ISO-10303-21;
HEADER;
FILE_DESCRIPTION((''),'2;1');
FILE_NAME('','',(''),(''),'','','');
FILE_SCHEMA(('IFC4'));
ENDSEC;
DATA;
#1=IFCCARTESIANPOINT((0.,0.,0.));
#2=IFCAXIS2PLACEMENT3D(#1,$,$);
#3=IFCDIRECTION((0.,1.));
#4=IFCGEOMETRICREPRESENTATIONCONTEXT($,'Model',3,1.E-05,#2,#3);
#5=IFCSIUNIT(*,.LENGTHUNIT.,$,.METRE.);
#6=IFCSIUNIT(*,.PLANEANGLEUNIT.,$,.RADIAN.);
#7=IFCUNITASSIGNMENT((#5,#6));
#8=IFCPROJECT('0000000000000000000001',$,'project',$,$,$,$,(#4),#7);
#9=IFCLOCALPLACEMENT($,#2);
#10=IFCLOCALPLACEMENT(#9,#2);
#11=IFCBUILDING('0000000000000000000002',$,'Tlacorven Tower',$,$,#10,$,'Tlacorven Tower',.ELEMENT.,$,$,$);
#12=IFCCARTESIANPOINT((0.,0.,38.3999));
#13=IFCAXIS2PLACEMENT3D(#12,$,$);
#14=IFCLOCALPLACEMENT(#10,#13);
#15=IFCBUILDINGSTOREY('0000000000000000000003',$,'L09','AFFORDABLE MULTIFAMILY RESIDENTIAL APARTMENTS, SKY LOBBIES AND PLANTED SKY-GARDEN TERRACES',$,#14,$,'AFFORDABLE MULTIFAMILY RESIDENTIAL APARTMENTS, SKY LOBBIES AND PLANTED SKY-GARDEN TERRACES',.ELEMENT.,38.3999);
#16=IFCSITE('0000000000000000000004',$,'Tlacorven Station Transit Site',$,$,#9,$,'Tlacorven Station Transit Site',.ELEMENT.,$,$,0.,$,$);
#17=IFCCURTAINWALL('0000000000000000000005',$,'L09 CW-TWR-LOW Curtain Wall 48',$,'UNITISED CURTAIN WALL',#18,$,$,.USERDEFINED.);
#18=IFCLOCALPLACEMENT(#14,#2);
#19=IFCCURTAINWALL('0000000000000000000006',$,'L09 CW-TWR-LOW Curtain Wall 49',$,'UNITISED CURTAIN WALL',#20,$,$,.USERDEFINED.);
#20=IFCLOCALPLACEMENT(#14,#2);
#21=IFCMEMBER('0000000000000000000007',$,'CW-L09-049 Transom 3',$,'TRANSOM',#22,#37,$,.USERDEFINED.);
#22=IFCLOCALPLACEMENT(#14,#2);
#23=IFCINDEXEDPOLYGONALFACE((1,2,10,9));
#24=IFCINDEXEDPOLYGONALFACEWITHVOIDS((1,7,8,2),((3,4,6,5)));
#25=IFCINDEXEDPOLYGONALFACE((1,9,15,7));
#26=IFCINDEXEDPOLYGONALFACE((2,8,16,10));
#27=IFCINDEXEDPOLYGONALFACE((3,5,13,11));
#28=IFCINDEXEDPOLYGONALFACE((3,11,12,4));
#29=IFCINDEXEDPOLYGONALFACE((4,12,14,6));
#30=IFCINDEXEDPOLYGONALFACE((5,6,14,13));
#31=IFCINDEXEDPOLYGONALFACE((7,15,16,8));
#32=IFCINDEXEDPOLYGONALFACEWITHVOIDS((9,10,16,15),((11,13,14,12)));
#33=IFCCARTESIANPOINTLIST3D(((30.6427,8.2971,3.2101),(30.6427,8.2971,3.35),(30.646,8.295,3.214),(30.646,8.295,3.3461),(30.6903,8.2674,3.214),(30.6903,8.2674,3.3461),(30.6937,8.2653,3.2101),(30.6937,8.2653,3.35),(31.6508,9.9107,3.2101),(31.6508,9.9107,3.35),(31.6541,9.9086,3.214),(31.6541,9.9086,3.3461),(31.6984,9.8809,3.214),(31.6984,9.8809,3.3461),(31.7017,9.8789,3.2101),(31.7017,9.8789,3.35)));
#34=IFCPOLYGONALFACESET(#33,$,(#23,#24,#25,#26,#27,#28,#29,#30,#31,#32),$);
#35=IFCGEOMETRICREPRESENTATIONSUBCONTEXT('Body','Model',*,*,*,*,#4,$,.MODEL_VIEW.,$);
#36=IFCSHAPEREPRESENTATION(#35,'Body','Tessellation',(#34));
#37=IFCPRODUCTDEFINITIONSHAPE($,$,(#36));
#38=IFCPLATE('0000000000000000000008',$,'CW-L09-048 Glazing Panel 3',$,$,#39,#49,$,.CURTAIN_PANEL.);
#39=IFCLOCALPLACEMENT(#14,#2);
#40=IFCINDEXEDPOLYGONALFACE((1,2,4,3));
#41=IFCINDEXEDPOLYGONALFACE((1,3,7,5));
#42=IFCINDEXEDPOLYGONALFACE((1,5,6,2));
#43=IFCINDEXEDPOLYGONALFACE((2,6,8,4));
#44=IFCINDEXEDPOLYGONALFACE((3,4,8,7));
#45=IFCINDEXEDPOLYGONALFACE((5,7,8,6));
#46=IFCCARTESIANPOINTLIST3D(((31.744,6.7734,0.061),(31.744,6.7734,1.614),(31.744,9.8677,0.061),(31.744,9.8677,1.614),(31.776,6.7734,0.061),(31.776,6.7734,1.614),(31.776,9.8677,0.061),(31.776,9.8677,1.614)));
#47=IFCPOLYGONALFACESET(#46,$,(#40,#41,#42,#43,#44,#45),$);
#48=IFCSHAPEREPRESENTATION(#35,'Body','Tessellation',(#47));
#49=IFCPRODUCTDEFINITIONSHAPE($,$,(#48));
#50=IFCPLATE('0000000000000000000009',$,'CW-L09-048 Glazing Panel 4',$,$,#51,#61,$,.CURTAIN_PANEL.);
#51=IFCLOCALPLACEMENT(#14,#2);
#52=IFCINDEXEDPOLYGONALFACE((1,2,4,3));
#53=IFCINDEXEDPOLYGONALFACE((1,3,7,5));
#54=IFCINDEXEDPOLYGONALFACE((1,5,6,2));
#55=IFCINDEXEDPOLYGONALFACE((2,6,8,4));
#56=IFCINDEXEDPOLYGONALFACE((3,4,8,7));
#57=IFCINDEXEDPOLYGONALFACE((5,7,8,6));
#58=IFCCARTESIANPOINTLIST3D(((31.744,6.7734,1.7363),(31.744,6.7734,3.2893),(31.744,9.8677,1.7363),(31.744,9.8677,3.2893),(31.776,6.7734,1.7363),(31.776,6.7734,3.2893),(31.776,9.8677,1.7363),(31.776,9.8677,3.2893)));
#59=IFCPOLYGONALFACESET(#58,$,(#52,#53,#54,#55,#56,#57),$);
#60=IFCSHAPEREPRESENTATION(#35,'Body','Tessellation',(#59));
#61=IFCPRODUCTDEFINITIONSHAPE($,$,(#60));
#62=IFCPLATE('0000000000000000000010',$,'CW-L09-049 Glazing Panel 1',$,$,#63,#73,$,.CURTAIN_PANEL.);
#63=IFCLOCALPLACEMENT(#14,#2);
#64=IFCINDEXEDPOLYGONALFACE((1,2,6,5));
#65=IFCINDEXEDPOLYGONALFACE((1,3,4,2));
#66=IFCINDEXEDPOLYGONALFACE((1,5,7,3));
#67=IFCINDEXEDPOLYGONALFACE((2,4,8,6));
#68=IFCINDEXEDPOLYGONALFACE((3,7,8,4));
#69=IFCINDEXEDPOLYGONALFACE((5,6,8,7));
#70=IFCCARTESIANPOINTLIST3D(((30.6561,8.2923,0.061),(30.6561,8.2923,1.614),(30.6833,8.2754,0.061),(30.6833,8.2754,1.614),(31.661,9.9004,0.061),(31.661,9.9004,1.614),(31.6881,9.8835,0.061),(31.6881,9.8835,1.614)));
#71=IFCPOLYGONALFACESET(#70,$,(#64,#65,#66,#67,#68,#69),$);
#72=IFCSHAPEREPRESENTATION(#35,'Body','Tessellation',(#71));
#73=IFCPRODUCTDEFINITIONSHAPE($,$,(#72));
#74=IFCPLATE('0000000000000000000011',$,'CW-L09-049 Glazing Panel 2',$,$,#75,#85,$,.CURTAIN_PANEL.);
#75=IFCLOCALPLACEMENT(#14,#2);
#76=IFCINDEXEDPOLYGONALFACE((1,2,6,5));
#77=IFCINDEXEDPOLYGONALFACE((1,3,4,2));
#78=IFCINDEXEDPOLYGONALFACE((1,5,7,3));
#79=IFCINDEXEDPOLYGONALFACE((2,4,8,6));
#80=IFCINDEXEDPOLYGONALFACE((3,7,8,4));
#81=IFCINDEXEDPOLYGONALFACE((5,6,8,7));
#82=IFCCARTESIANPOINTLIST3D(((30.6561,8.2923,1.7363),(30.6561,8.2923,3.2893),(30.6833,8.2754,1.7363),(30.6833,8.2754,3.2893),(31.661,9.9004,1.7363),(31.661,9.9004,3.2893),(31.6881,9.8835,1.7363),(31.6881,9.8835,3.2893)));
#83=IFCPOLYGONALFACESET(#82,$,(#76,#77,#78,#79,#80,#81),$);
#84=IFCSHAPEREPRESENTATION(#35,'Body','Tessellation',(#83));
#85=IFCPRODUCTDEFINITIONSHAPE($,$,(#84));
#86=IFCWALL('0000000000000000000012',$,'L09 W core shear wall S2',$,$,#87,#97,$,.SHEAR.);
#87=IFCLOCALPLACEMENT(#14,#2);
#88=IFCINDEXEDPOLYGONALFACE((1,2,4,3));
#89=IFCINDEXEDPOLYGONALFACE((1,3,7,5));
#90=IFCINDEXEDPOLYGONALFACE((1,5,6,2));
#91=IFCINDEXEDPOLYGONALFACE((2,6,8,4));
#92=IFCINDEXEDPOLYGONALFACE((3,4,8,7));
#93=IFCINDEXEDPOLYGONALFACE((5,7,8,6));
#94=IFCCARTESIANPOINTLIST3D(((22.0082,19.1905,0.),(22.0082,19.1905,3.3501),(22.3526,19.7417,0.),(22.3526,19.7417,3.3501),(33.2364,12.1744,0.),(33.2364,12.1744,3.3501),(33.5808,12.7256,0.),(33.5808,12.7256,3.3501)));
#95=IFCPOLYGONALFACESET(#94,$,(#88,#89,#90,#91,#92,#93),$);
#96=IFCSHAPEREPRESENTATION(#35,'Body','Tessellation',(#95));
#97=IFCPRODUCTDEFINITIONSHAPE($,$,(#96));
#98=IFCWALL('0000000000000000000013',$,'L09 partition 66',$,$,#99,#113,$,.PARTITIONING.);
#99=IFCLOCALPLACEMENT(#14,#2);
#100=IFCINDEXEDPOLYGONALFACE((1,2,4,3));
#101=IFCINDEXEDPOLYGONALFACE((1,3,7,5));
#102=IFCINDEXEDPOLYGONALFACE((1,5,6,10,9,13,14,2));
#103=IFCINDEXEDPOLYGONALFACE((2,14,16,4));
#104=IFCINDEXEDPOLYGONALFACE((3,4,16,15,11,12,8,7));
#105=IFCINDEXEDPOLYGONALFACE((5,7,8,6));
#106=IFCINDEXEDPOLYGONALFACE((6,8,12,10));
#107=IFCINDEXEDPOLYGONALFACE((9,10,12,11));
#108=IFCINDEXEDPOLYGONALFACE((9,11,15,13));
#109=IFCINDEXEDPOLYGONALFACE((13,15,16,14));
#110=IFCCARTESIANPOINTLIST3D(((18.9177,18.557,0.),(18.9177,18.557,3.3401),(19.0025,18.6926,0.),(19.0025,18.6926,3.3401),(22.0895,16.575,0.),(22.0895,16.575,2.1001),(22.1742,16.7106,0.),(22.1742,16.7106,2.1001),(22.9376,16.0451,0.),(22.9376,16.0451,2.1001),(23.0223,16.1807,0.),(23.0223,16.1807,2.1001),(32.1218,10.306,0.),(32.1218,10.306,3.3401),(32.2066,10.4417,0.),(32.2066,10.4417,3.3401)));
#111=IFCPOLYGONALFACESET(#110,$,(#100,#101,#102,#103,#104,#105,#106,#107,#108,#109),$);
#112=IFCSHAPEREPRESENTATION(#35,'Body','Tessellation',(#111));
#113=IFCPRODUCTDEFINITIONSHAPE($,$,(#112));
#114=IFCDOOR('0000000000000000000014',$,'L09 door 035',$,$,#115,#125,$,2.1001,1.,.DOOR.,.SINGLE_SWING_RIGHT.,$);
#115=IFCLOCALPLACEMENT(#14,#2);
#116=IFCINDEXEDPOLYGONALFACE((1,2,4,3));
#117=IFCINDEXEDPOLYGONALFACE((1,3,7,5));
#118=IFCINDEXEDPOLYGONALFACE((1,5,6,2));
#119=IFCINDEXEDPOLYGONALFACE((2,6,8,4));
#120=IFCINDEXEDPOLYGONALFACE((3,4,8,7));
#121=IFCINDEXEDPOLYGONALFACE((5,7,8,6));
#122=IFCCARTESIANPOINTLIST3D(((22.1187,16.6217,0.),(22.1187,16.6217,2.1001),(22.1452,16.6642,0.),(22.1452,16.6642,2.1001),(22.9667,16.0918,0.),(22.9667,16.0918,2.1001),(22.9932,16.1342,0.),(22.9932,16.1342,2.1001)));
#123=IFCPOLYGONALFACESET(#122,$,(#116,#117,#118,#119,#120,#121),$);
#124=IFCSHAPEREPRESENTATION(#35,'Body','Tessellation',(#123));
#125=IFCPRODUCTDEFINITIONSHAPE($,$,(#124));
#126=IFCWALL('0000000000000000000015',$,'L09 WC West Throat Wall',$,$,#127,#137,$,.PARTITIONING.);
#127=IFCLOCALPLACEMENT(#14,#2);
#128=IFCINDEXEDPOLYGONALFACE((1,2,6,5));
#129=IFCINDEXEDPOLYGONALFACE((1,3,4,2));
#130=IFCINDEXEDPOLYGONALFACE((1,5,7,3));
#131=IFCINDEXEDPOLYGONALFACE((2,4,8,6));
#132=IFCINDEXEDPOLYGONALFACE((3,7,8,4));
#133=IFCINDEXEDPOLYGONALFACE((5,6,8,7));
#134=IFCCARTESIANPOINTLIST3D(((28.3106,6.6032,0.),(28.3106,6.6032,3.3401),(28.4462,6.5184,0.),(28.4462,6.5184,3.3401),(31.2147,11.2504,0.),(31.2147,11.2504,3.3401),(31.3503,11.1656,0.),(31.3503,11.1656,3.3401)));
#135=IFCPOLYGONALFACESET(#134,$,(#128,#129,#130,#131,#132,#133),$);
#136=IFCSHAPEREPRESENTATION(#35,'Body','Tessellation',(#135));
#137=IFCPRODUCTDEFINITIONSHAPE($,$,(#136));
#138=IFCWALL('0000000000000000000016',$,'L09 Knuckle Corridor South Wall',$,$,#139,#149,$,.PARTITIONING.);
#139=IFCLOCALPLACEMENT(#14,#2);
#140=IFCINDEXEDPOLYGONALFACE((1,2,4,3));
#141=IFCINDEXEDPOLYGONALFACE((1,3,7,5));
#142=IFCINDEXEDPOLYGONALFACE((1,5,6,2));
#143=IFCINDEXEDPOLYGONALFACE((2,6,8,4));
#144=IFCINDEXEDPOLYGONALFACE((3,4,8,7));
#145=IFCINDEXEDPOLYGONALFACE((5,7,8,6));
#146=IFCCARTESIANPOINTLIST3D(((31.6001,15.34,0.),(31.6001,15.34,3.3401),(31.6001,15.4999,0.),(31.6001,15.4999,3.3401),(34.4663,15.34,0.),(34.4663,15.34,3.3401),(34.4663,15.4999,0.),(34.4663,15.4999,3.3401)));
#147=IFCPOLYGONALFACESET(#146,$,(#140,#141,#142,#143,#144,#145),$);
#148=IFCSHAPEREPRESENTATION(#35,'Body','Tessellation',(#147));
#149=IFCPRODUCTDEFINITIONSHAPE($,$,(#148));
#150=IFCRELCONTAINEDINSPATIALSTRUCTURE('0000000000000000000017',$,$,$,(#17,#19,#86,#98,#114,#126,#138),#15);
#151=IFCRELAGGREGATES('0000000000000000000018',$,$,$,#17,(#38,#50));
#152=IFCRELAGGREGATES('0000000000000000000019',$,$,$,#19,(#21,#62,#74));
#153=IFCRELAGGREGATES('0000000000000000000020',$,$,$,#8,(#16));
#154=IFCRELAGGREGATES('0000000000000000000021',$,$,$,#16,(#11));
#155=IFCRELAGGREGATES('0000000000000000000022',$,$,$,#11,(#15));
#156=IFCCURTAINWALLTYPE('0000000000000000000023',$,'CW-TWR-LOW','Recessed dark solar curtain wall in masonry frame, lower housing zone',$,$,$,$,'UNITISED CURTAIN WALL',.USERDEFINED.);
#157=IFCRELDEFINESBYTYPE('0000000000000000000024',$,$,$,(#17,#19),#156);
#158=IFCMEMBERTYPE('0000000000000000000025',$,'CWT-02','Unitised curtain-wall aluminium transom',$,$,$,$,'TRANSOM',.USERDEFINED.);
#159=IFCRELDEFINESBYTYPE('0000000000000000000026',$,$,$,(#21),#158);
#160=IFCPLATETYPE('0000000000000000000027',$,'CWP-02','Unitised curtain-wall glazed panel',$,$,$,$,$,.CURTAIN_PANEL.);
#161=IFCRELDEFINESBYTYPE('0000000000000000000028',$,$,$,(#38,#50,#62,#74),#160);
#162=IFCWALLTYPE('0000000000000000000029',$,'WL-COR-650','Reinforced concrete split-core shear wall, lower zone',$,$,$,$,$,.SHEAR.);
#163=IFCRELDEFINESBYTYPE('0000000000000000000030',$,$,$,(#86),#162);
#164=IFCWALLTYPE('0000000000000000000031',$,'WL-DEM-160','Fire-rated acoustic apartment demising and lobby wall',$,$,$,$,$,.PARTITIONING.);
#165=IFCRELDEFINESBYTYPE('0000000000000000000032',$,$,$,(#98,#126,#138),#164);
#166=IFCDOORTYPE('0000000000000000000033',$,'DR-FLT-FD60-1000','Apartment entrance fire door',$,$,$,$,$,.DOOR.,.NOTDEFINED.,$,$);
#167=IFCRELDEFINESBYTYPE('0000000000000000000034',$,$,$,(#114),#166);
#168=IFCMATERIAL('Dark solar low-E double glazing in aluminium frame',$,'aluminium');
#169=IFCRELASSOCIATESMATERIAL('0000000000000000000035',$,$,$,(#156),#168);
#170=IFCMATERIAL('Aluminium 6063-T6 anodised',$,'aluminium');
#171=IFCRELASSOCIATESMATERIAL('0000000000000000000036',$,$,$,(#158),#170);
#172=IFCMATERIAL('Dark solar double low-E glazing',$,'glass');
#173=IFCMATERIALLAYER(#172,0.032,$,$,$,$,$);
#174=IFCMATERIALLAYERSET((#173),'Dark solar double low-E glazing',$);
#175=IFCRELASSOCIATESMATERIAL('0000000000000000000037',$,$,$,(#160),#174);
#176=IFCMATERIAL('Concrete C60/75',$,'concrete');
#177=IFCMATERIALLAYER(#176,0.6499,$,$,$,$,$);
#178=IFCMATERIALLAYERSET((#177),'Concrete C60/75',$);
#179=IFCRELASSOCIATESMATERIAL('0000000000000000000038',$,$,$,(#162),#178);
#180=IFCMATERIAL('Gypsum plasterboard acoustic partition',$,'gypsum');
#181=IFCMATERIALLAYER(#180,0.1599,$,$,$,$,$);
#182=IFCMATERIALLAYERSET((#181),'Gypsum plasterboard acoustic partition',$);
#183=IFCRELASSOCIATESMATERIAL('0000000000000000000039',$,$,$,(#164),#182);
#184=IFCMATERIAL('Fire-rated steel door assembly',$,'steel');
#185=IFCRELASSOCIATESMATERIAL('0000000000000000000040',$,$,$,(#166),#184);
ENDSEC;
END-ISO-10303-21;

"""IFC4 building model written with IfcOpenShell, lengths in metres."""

from ifc_helpers import new_model, si_unit, direction, frame, frame_2d, origin, origin_2d, place, context, subcontext, project, spatial, rectangle, hollow_rectangle, extrude, source, transform, mapped, material, layer, layer_set, material_profile, profile_set, type_object, element, fill, aggregate, save


model = new_model("IFC4")

# Units and contexts
model_context = context("Model", 3, precision=1e-05, world=origin(), true_north=direction((0.0, 1.0)))
body_context = subcontext(model_context, "Body", "Model", "MODEL_VIEW")
ifc_project = project(units=[si_unit("LENGTHUNIT", "METRE"), si_unit("PLANEANGLEUNIT", "RADIAN")], contexts=[model_context])

# Site, building, storey
site_placement = place(None, origin())
site = spatial("IfcSite", under=ifc_project, at=site_placement, Name="Tlacorven Station Transit Site", LongName="Tlacorven Station Transit Site", CompositionType="ELEMENT", RefElevation=0.0)
building_placement = place(site_placement, origin())
building = spatial("IfcBuilding", under=site, at=building_placement, Name="Tlacorven Tower", LongName="Tlacorven Tower", CompositionType="ELEMENT")
storey_placement = place(building_placement, frame((0.0, 0.0, 38.3999)))
storey = spatial("IfcBuildingStorey", under=building, at=storey_placement, Name="L09", Description="AFFORDABLE MULTIFAMILY RESIDENTIAL APARTMENTS, SKY LOBBIES AND PLANTED SKY-GARDEN TERRACES", LongName="AFFORDABLE MULTIFAMILY RESIDENTIAL APARTMENTS, SKY LOBBIES AND PLANTED SKY-GARDEN TERRACES", CompositionType="ELEMENT", Elevation=38.3999)

# Curtain walls
ifc_material_1 = material(Name="Dark solar low-E double glazing in aluminium frame", Category="aluminium")
curtain_wall_type = type_object("IfcCurtainWallType", Name="CW-TWR-LOW", Description="Recessed dark solar curtain wall in masonry frame, lower housing zone", ElementType="UNITISED CURTAIN WALL", PredefinedType="USERDEFINED", material=ifc_material_1)
curtain_wall_1_placement = place(storey_placement, origin())
curtain_wall_1 = element("IfcCurtainWall", 1, at=curtain_wall_1_placement, inside=storey, type_object=curtain_wall_type, Name="L09 CW-TWR-LOW Curtain Wall 48", ObjectType="UNITISED CURTAIN WALL", PredefinedType="USERDEFINED")
ifc_material_2 = material(Name="Aluminium 6063-T6 anodised", Category="aluminium")
curtain_wall_2_placement = place(storey_placement, origin())
curtain_wall_2 = element("IfcCurtainWall", 2, at=curtain_wall_2_placement, inside=storey, type_object=curtain_wall_type, Name="L09 CW-TWR-LOW Curtain Wall 49", ObjectType="UNITISED CURTAIN WALL", PredefinedType="USERDEFINED")

# Member
ifc_material_profile_1 = material_profile(ifc_material_2, hollow_rectangle(XDim=0.0601, YDim=0.1399, WallThickness=0.0039, at=origin_2d()), Name="ALU TRANSOM 60X140")
ifc_profile_set_1 = profile_set([ifc_material_profile_1], Name="Aluminium 6063-T6 anodised")
member_type_1 = type_object("IfcMemberType", Name="CWT-02", Description="Unitised curtain-wall aluminium transom", ElementType="TRANSOM", PredefinedType="USERDEFINED", material=ifc_profile_set_1)
shared_shape_1 = source(origin(), body_context, "Body", "SweptSolid", [
    extrude(hollow_rectangle(XDim=0.0601, YDim=0.1399, WallThickness=0.0039, at=origin_2d()), origin(), (0.0, 0.0, 1.0), 1.9026),
])
member_1_placement = place(storey_placement, frame((31.6763, 9.8948, 3.28), z_axis=(-0.529849, -0.848092, 0.0), x_axis=(0.848092, -0.529849, 0.0)))
member_1 = element("IfcMember", 3, at=member_1_placement, type_object=member_type_1, Name="CW-L09-049 Transom 3", ObjectType="TRANSOM", PredefinedType="USERDEFINED", context=body_context, shape_type="MappedRepresentation", body=[
    mapped(shared_shape_1, transform((0.0, 0.0, 0.0), scale=1.0)),
])

# Plates
ifc_material_3 = material(Name="Dark solar double low-E glazing", Category="glass")
ifc_layer_1 = layer(ifc_material_3, 0.032)
ifc_layer_set_1 = layer_set([ifc_layer_1], Name="Dark solar double low-E glazing")
plate_type = type_object("IfcPlateType", Name="CWP-02", Description="Unitised curtain-wall glazed panel", PredefinedType="CURTAIN_PANEL", material=ifc_layer_set_1)
shared_shape_2 = source(origin(), body_context, "Body", "SweptSolid", [
    extrude(rectangle(XDim=3.0942, YDim=0.032, at=origin_2d()), origin(), (0.0, 0.0, 1.0), 1.553),
])
plate_1_placement = place(storey_placement, frame((31.76, 8.3206, 0.061), z_axis=(0.0, 0.0, 1.0), x_axis=(0.0, 1.0, 0.0)))
plate_1 = element("IfcPlate", 4, at=plate_1_placement, type_object=plate_type, Name="CW-L09-048 Glazing Panel 3", PredefinedType="CURTAIN_PANEL", context=body_context, shape_type="MappedRepresentation", body=[
    mapped(shared_shape_2, transform((0.0, 0.0, 0.0), scale=1.0)),
])
plate_2_placement = place(storey_placement, frame((31.76, 8.3206, 1.7363), z_axis=(0.0, 0.0, 1.0), x_axis=(0.0, 1.0, 0.0)))
plate_2 = element("IfcPlate", 5, at=plate_2_placement, type_object=plate_type, Name="CW-L09-048 Glazing Panel 4", PredefinedType="CURTAIN_PANEL", context=body_context, shape_type="MappedRepresentation", body=[
    mapped(shared_shape_2, transform((0.0, 0.0, 0.0), scale=1.0)),
])
aggregate(curtain_wall_1, [plate_1, plate_2])
shared_shape_3 = source(origin(), body_context, "Body", "SweptSolid", [
    extrude(rectangle(XDim=1.8962, YDim=0.032, at=origin_2d()), origin(), (0.0, 0.0, 1.0), 1.553),
])
plate_3_placement = place(storey_placement, frame((31.1721, 9.0879, 0.061), z_axis=(0.0, 0.0, 1.0), x_axis=(-0.529919, -0.848048, 0.0)))
plate_3 = element("IfcPlate", 6, at=plate_3_placement, type_object=plate_type, Name="CW-L09-049 Glazing Panel 1", PredefinedType="CURTAIN_PANEL", context=body_context, shape_type="MappedRepresentation", body=[
    mapped(shared_shape_3, transform((0.0, 0.0, 0.0), scale=1.0)),
])
plate_4_placement = place(storey_placement, frame((31.1721, 9.0879, 1.7363), z_axis=(0.0, 0.0, 1.0), x_axis=(-0.529919, -0.848048, 0.0)))
plate_4 = element("IfcPlate", 7, at=plate_4_placement, type_object=plate_type, Name="CW-L09-049 Glazing Panel 2", PredefinedType="CURTAIN_PANEL", context=body_context, shape_type="MappedRepresentation", body=[
    mapped(shared_shape_3, transform((0.0, 0.0, 0.0), scale=1.0)),
])
aggregate(curtain_wall_2, [member_1, plate_3, plate_4])

# Wall
ifc_material_4 = material(Name="Concrete C60/75", Category="concrete")
ifc_layer_2 = layer(ifc_material_4, 0.6499)
ifc_layer_set_2 = layer_set([ifc_layer_2], Name="Concrete C60/75")
wall_type_1 = type_object("IfcWallType", Name="WL-COR-650", Description="Reinforced concrete split-core shear wall, lower zone", PredefinedType="SHEAR", material=ifc_layer_set_2)
wall_1_placement = place(storey_placement, frame((33.4087, 12.45, 0.0), z_axis=(0.0, 0.0, 1.0), x_axis=(-0.848051, 0.529914, 0.0)))
element("IfcWall", 8, at=wall_1_placement, inside=storey, type_object=wall_type_1, Name="L09 W core shear wall S2", PredefinedType="SHEAR", context=body_context, shape_type="SweptSolid", body=[
    extrude(rectangle(XDim=13.24, YDim=0.6499, at=frame_2d((6.6201, 0.0))), origin(), (0.0, 0.0, 1.0), 3.3501),
])

# Wall, opening, door
ifc_material_5 = material(Name="Gypsum plasterboard acoustic partition", Category="gypsum")
ifc_layer_3 = layer(ifc_material_5, 0.1599)
ifc_layer_set_3 = layer_set([ifc_layer_3], Name="Gypsum plasterboard acoustic partition")
wall_type_2 = type_object("IfcWallType", Name="WL-DEM-160", Description="Fire-rated acoustic apartment demising and lobby wall", PredefinedType="PARTITIONING", material=ifc_layer_set_3)
wall_2_placement = place(storey_placement, frame((32.1643, 10.3738, 0.0), z_axis=(0.0, 0.0, 1.0), x_axis=(-0.848044, 0.529926, 0.0)))
wall_2 = element("IfcWall", 9, at=wall_2_placement, inside=storey, type_object=wall_type_2, Name="L09 partition 66", PredefinedType="PARTITIONING", context=body_context, shape_type="SweptSolid", body=[
    extrude(rectangle(XDim=15.5701, YDim=0.1599, at=frame_2d((7.7852, 0.0))), origin(), (0.0, 0.0, 1.0), 3.3401),
])
opening_1_placement = place(wall_2_placement, frame((10.8301, 0.0, 0.0)))
opening_1 = element("IfcOpeningElement", 10, at=opening_1_placement, cuts=wall_2, PredefinedType="OPENING", context=body_context, shape_type="SweptSolid", body=[
    extrude(rectangle(XDim=1.0, YDim=2.1001, at=frame_2d((0.5, 1.05))), frame((0.0, 0.0898, 0.0), z_axis=(0.0, -1.0, 0.0), x_axis=(1.0, 0.0, 0.0)), (0.0, 0.0, 1.0), 0.1799),
])
ifc_material_6 = material(Name="Fire-rated steel door assembly", Category="steel")
door_type_1 = type_object("IfcDoorType", Name="DR-FLT-FD60-1000", Description="Apartment entrance fire door", OperationType="NOTDEFINED", PredefinedType="DOOR", material=ifc_material_6)
shared_shape_4 = source(origin(), body_context, "Body", "SweptSolid", [
    extrude(rectangle(XDim=1.0, YDim=2.1001, at=frame_2d((0.5, 1.05))), frame((0.0, 0.0249, 0.0), z_axis=(0.0, -1.0, 0.0), x_axis=(1.0, 0.0, 0.0)), (0.0, 0.0, 1.0), 0.05),
])
door_1_placement = place(opening_1_placement, origin())
door_1 = element("IfcDoor", 11, at=door_1_placement, inside=storey, type_object=door_type_1, Name="L09 door 035", OperationType="SINGLE_SWING_RIGHT", OverallHeight=2.1001, OverallWidth=1.0, PredefinedType="DOOR", context=body_context, shape_type="MappedRepresentation", body=[
    mapped(shared_shape_4, transform((0.0, 0.0, 0.0), scale=1.0)),
])
fill(opening_1, door_1)

# Walls
wall_3_placement = place(storey_placement, frame((31.2825, 11.208, 0.0), z_axis=(0.0, 0.0, 1.0), x_axis=(-0.529939, -0.848036, 0.0)))
element("IfcWall", 12, at=wall_3_placement, inside=storey, type_object=wall_type_2, Name="L09 WC West Throat Wall", PredefinedType="PARTITIONING", context=body_context, shape_type="SweptSolid", body=[
    extrude(rectangle(XDim=5.48, YDim=0.1599, at=frame_2d((2.74, 0.0))), origin(), (0.0, 0.0, 1.0), 3.3401),
])
wall_4_placement = place(storey_placement, frame((31.6001, 15.4199, 0.0), z_axis=(0.0, 0.0, 1.0), x_axis=(1.0, 0.0, 0.0)))
element("IfcWall", 13, at=wall_4_placement, inside=storey, type_object=wall_type_2, Name="L09 Knuckle Corridor South Wall", PredefinedType="PARTITIONING", context=body_context, shape_type="SweptSolid", body=[
    extrude(rectangle(XDim=2.8662, YDim=0.1599, at=frame_2d((1.4331, 0.0))), origin(), (0.0, 0.0, 1.0), 3.3401),
])

save(model, "model.ifc")
